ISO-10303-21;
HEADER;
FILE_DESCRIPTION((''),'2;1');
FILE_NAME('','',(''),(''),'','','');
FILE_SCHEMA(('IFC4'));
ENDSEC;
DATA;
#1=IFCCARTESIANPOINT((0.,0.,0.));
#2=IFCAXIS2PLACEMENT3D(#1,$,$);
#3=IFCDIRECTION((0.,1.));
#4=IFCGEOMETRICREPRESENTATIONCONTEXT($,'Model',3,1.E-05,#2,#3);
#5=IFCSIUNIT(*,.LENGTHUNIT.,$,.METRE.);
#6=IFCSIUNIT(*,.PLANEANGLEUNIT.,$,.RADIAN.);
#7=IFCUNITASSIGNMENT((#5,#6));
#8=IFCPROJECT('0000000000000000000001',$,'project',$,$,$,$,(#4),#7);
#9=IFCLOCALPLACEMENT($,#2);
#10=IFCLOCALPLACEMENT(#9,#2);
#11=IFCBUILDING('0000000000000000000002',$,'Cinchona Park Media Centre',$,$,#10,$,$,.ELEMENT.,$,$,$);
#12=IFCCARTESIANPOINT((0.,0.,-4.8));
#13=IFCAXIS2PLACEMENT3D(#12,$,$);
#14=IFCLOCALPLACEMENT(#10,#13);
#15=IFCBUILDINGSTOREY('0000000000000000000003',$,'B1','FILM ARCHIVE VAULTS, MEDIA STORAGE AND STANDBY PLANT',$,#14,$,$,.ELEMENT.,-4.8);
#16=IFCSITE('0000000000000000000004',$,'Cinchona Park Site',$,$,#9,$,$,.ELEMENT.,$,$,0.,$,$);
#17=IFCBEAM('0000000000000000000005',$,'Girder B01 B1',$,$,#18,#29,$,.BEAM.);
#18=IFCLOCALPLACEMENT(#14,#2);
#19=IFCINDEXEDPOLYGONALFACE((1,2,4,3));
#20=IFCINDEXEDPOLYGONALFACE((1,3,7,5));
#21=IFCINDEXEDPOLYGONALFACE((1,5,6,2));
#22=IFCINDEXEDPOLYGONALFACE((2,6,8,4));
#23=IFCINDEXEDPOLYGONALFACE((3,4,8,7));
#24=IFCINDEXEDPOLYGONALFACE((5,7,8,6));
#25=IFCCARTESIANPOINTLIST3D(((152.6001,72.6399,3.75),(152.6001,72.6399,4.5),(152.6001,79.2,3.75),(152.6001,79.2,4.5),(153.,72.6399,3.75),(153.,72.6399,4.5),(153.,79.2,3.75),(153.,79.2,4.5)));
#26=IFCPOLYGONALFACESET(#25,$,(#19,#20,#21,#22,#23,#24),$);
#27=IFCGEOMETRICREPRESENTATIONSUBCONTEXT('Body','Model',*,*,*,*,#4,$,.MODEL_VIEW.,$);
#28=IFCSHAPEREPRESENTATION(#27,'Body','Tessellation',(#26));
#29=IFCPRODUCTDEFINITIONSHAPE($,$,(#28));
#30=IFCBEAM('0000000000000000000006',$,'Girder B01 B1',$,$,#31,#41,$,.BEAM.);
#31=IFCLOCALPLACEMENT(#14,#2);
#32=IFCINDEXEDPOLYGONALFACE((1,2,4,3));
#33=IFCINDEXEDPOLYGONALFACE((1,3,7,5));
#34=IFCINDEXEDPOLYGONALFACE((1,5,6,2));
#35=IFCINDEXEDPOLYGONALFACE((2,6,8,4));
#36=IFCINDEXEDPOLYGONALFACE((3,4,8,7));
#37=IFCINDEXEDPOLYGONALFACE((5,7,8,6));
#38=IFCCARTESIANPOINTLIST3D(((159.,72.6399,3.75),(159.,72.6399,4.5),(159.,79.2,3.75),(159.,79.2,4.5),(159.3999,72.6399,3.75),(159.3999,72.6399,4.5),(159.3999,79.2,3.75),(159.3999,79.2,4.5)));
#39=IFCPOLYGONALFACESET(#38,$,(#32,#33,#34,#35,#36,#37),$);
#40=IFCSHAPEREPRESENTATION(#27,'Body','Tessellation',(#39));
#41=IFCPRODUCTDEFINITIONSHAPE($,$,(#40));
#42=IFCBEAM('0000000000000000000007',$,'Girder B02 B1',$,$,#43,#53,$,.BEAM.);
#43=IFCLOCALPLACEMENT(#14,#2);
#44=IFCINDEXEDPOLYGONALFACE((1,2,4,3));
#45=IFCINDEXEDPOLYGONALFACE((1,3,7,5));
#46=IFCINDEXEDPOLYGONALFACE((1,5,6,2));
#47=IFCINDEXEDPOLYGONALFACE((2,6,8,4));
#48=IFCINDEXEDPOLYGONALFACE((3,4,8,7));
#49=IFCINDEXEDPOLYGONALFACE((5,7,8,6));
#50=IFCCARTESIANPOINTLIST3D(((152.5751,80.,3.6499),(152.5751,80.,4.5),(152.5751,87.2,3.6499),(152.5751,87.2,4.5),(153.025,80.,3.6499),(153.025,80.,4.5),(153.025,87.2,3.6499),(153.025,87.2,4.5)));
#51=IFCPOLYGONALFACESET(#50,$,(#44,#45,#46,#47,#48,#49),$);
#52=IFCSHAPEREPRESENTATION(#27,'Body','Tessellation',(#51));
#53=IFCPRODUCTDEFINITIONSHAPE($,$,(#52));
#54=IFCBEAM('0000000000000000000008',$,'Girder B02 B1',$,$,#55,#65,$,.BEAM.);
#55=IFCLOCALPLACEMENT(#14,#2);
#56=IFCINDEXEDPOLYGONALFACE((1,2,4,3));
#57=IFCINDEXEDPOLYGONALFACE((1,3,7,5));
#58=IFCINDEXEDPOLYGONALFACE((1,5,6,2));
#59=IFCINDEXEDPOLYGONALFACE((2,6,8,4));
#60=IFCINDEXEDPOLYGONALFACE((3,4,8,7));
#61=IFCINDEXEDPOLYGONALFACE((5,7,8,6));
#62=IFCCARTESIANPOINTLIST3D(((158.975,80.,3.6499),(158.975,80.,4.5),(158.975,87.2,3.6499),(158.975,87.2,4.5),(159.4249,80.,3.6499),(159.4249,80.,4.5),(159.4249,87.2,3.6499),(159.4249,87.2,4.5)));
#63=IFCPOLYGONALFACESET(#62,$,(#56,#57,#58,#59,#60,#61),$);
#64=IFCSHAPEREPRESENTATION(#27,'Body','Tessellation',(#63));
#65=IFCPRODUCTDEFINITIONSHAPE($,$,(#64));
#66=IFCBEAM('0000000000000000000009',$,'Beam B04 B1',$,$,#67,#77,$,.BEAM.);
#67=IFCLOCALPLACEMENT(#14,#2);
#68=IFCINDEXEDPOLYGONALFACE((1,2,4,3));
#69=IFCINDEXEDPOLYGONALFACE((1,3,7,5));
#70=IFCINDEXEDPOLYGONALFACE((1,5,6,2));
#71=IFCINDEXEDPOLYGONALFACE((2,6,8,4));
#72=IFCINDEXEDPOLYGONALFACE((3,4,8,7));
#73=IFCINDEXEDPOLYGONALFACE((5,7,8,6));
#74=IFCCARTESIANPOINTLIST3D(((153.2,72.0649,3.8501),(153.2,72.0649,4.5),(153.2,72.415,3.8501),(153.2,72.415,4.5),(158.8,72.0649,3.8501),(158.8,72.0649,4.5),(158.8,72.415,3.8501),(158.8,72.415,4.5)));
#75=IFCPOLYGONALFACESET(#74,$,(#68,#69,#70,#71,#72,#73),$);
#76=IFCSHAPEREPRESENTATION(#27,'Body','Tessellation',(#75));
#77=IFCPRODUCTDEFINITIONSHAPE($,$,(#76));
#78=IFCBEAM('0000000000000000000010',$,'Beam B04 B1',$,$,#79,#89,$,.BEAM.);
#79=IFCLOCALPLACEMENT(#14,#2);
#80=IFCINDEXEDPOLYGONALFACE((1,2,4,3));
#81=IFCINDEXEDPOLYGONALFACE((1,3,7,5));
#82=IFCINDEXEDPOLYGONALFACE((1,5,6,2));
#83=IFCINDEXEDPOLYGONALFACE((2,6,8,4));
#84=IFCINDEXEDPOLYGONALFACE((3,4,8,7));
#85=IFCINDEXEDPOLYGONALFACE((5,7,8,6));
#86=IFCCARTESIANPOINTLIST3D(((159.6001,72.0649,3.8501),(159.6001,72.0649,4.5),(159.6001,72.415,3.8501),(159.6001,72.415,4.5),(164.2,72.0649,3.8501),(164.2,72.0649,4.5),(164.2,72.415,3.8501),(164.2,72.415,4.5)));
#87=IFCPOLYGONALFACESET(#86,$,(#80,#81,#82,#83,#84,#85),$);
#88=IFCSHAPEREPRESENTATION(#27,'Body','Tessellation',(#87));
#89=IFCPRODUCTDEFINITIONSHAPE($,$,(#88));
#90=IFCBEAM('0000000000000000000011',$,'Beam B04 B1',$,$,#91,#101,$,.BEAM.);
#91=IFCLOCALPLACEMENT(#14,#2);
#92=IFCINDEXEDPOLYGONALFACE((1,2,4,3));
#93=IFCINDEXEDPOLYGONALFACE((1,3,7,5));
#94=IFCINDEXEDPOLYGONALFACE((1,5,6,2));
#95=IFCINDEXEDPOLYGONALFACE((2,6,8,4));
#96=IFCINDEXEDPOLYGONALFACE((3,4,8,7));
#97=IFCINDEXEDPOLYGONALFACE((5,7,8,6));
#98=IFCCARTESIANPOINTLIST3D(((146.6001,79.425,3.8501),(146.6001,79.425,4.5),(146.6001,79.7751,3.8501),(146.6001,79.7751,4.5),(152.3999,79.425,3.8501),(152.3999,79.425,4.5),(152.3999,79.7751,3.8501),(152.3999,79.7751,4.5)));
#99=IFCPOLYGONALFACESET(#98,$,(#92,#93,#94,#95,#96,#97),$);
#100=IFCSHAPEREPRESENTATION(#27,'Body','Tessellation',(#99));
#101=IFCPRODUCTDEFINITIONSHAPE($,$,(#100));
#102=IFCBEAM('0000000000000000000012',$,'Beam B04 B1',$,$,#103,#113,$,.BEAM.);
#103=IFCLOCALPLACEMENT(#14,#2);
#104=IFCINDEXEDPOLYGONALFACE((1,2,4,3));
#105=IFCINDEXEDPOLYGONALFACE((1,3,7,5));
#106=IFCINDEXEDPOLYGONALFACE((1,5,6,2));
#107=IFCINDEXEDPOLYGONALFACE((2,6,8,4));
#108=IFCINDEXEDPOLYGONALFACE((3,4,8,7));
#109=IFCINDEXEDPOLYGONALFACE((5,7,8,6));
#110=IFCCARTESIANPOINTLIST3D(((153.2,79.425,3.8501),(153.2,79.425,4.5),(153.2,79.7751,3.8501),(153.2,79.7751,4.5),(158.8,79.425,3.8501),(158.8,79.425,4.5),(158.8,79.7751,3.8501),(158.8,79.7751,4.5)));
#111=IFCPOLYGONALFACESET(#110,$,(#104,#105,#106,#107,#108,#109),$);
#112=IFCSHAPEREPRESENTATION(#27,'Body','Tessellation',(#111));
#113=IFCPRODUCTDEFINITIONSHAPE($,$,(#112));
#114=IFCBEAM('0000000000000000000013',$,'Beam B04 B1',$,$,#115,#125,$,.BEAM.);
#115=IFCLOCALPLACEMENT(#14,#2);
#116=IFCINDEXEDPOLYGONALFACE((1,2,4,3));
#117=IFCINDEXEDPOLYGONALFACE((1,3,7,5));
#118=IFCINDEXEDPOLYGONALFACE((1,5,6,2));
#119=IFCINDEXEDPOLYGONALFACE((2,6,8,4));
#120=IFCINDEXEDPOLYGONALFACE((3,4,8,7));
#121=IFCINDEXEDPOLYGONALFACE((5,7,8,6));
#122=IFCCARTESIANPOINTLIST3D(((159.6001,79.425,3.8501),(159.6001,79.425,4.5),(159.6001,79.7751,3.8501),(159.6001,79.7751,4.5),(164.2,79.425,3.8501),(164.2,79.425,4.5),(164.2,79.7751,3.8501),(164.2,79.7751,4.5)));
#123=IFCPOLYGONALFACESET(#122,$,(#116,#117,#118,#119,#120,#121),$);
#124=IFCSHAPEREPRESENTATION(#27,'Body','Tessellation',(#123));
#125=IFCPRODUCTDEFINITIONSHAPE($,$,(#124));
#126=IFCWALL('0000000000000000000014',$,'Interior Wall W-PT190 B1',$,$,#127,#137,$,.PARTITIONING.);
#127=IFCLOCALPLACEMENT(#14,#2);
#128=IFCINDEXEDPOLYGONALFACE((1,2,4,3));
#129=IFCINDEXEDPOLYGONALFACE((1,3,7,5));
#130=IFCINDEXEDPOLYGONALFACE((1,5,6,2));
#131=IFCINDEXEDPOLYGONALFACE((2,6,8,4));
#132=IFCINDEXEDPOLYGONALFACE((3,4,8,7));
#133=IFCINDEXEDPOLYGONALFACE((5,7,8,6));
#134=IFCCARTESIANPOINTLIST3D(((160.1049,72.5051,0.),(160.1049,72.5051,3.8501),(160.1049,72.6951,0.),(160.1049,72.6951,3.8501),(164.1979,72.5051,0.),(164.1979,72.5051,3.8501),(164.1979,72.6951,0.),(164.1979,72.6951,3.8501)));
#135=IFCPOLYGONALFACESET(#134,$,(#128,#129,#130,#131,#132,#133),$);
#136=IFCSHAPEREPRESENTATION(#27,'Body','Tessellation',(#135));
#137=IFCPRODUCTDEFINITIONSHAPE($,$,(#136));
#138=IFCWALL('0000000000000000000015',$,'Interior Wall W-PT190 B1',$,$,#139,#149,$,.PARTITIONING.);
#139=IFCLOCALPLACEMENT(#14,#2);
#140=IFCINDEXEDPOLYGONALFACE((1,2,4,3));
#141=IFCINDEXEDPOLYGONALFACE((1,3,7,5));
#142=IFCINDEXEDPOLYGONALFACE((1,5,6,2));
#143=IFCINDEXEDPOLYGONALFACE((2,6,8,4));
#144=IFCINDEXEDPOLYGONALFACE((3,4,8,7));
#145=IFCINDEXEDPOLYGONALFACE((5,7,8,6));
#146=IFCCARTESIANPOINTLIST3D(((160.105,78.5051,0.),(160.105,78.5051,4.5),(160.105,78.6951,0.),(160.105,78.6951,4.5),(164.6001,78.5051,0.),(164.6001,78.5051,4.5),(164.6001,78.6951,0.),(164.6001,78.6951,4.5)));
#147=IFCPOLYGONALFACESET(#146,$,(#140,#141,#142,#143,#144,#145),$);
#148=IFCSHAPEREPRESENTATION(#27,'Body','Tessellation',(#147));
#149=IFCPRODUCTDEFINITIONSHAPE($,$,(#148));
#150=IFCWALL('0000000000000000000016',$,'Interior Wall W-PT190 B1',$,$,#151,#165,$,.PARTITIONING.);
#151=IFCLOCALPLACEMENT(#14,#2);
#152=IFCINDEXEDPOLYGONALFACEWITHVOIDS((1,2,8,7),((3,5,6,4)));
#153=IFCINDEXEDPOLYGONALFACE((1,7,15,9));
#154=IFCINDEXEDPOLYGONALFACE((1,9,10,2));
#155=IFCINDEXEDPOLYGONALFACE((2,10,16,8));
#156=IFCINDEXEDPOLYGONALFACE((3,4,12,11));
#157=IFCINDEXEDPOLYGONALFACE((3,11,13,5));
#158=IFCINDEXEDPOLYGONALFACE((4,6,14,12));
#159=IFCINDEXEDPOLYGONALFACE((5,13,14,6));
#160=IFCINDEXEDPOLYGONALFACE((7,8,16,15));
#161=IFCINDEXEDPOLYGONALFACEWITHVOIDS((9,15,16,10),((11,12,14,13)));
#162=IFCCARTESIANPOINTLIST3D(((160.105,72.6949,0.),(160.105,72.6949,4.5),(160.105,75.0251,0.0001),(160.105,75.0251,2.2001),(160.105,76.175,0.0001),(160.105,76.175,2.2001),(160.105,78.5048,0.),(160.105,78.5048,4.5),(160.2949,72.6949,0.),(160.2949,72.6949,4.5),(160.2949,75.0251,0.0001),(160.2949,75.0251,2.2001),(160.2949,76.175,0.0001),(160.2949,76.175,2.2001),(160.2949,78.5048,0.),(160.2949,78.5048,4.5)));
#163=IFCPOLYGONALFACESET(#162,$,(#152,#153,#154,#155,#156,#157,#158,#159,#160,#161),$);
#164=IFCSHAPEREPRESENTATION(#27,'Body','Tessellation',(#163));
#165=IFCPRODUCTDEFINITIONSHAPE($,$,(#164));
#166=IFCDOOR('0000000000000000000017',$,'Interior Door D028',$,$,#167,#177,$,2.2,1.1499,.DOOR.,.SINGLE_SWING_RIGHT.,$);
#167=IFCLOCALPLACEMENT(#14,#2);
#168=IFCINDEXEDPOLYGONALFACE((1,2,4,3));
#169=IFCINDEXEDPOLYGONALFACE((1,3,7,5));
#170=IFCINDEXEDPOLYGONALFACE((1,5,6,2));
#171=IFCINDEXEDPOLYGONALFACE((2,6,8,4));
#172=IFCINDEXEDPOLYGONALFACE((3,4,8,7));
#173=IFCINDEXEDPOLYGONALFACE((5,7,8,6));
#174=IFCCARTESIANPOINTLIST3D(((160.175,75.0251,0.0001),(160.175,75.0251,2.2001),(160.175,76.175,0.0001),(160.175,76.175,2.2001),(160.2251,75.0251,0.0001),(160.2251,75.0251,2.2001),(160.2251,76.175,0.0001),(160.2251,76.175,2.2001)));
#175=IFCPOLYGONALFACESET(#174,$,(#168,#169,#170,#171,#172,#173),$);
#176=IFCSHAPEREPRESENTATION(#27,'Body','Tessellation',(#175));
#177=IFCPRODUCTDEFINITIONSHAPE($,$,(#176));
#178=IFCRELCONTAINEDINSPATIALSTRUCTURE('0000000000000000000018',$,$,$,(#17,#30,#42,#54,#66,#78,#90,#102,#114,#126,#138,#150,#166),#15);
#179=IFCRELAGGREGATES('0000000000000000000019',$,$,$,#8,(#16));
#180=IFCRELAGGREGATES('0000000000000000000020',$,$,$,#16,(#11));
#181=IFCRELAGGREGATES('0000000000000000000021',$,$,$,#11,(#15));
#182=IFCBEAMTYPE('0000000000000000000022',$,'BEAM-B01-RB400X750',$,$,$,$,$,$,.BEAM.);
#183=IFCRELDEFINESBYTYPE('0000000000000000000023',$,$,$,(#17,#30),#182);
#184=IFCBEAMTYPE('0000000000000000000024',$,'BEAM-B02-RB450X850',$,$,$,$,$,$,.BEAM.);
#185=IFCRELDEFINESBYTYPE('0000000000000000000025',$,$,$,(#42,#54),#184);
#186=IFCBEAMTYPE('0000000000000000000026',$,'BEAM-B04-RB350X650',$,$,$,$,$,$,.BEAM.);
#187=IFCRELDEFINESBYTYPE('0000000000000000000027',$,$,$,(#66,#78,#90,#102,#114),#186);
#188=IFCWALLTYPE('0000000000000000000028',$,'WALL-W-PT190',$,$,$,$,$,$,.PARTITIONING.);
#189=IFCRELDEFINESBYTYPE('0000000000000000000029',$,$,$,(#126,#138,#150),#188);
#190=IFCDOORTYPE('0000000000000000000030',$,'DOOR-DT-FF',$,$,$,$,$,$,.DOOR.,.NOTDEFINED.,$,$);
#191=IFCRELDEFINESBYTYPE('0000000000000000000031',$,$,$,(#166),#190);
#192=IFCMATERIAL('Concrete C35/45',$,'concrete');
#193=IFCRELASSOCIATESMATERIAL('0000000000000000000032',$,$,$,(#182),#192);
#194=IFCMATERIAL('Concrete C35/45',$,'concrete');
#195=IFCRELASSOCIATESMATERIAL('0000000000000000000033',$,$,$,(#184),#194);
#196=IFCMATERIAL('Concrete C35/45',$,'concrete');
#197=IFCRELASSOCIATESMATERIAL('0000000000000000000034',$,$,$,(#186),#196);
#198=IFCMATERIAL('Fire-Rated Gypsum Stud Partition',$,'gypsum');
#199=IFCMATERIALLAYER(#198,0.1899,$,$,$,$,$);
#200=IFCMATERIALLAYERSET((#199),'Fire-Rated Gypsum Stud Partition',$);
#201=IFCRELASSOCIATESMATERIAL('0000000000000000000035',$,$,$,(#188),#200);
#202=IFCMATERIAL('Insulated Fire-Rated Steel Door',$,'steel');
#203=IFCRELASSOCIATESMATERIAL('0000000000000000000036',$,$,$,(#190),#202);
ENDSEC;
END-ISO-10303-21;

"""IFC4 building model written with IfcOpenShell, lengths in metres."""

from ifc_helpers import new_model, si_unit, direction, frame, frame_2d, origin, origin_2d, place, context, subcontext, project, spatial, rectangle, extrude, material, layer, layer_set, material_profile, profile_set, type_object, element, fill, save


model = new_model("IFC4")

# Units and contexts
model_context = context("Model", 3, precision=1e-05, world=origin(), true_north=direction((0.0, 1.0)))
body_context = subcontext(model_context, "Body", "Model", "MODEL_VIEW")
ifc_project = project(units=[si_unit("LENGTHUNIT", "METRE"), si_unit("PLANEANGLEUNIT", "RADIAN")], contexts=[model_context])

# Site, building, storey
site_placement = place(None, origin())
site = spatial("IfcSite", under=ifc_project, at=site_placement, Name="Cinchona Park Site", CompositionType="ELEMENT", RefElevation=0.0)
building_placement = place(site_placement, origin())
building = spatial("IfcBuilding", under=site, at=building_placement, Name="Cinchona Park Media Centre", CompositionType="ELEMENT")
storey_placement = place(building_placement, frame((0.0, 0.0, -4.8)))
storey = spatial("IfcBuildingStorey", under=building, at=storey_placement, Name="B1", Description="FILM ARCHIVE VAULTS, MEDIA STORAGE AND STANDBY PLANT", CompositionType="ELEMENT", Elevation=-4.8)

# Beams
ifc_material_1 = material(Name="Concrete C35/45", Category="concrete")
ifc_material_profile_1 = material_profile(ifc_material_1, rectangle(XDim=0.3999, YDim=0.75, at=origin_2d()), Name="RB 400X750")
ifc_profile_set_1 = profile_set([ifc_material_profile_1], Name="Concrete C35/45")
beam_type_1 = type_object("IfcBeamType", Name="BEAM-B01-RB400X750", PredefinedType="BEAM", material=ifc_profile_set_1)
for number, where, z_axis, x_axis, name in (
    (1, (152.8, 72.6399, 4.125), (0.0, 1.0, 0.0), (-1.0, 0.0, 0.0), "Girder B01 B1"),
    (2, (159.2, 72.6399, 4.125), (0.0, 1.0, 0.0), (-1.0, 0.0, 0.0), "Girder B01 B1"),
):
    element("IfcBeam", number, at=place(storey_placement, frame(where, z_axis=z_axis, x_axis=x_axis)), inside=storey, type_object=beam_type_1, Name=name, PredefinedType="BEAM", context=body_context, shape_type="SweptSolid", body=[
        extrude(rectangle(XDim=0.3999, YDim=0.75, at=origin_2d()), origin(), (0.0, 0.0, 1.0), 6.5601),
    ])
ifc_material_2 = material(Name="Concrete C35/45", Category="concrete")
ifc_material_profile_2 = material_profile(ifc_material_2, rectangle(XDim=0.45, YDim=0.8501, at=origin_2d()), Name="RB 450X850")
ifc_profile_set_2 = profile_set([ifc_material_profile_2], Name="Concrete C35/45")
beam_type_2 = type_object("IfcBeamType", Name="BEAM-B02-RB450X850", PredefinedType="BEAM", material=ifc_profile_set_2)
for number, where, z_axis, x_axis, name in (
    (3, (152.8, 80.0, 4.075), (0.0, 1.0, 0.0), (-1.0, 0.0, 0.0), "Girder B02 B1"),
    (4, (159.2, 80.0, 4.075), (0.0, 1.0, 0.0), (-1.0, 0.0, 0.0), "Girder B02 B1"),
):
    element("IfcBeam", number, at=place(storey_placement, frame(where, z_axis=z_axis, x_axis=x_axis)), inside=storey, type_object=beam_type_2, Name=name, PredefinedType="BEAM", context=body_context, shape_type="SweptSolid", body=[
        extrude(rectangle(XDim=0.45, YDim=0.8501, at=origin_2d()), origin(), (0.0, 0.0, 1.0), 7.2),
    ])
ifc_material_3 = material(Name="Concrete C35/45", Category="concrete")
ifc_material_profile_3 = material_profile(ifc_material_3, rectangle(XDim=0.3501, YDim=0.6499, at=origin_2d()), Name="RB 350X650")
ifc_profile_set_3 = profile_set([ifc_material_profile_3], Name="Concrete C35/45")
beam_type_3 = type_object("IfcBeamType", Name="BEAM-B04-RB350X650", PredefinedType="BEAM", material=ifc_profile_set_3)
beam_1_placement = place(storey_placement, frame((153.2, 72.24, 4.175), z_axis=(1.0, 0.0, 0.0), x_axis=(0.0, 1.0, 0.0)))
element("IfcBeam", 5, at=beam_1_placement, inside=storey, type_object=beam_type_3, Name="Beam B04 B1", PredefinedType="BEAM", context=body_context, shape_type="SweptSolid", body=[
    extrude(rectangle(XDim=0.3501, YDim=0.6499, at=origin_2d()), origin(), (0.0, 0.0, 1.0), 5.6001),
])
beam_2_placement = place(storey_placement, frame((159.6001, 72.24, 4.175), z_axis=(1.0, 0.0, 0.0), x_axis=(0.0, 1.0, 0.0)))
element("IfcBeam", 6, at=beam_2_placement, inside=storey, type_object=beam_type_3, Name="Beam B04 B1", PredefinedType="BEAM", context=body_context, shape_type="SweptSolid", body=[
    extrude(rectangle(XDim=0.3501, YDim=0.6499, at=origin_2d()), origin(), (0.0, 0.0, 1.0), 4.5999),
])
beam_3_placement = place(storey_placement, frame((146.6001, 79.6001, 4.175), z_axis=(1.0, 0.0, 0.0), x_axis=(0.0, 1.0, 0.0)))
element("IfcBeam", 7, at=beam_3_placement, inside=storey, type_object=beam_type_3, Name="Beam B04 B1", PredefinedType="BEAM", context=body_context, shape_type="SweptSolid", body=[
    extrude(rectangle(XDim=0.3501, YDim=0.6499, at=origin_2d()), origin(), (0.0, 0.0, 1.0), 5.7998),
])
beam_4_placement = place(storey_placement, frame((153.2, 79.6001, 4.175), z_axis=(1.0, 0.0, 0.0), x_axis=(0.0, 1.0, 0.0)))
element("IfcBeam", 8, at=beam_4_placement, inside=storey, type_object=beam_type_3, Name="Beam B04 B1", PredefinedType="BEAM", context=body_context, shape_type="SweptSolid", body=[
    extrude(rectangle(XDim=0.3501, YDim=0.6499, at=origin_2d()), origin(), (0.0, 0.0, 1.0), 5.6001),
])
beam_5_placement = place(storey_placement, frame((159.6001, 79.6001, 4.175), z_axis=(1.0, 0.0, 0.0), x_axis=(0.0, 1.0, 0.0)))
element("IfcBeam", 9, at=beam_5_placement, inside=storey, type_object=beam_type_3, Name="Beam B04 B1", PredefinedType="BEAM", context=body_context, shape_type="SweptSolid", body=[
    extrude(rectangle(XDim=0.3501, YDim=0.6499, at=origin_2d()), origin(), (0.0, 0.0, 1.0), 4.5999),
])

# Walls
ifc_material_4 = material(Name="Fire-Rated Gypsum Stud Partition", Category="gypsum")
ifc_layer_1 = layer(ifc_material_4, 0.1899)
ifc_layer_set_1 = layer_set([ifc_layer_1], Name="Fire-Rated Gypsum Stud Partition")
wall_type = type_object("IfcWallType", Name="WALL-W-PT190", PredefinedType="PARTITIONING", material=ifc_layer_set_1)
wall_1_placement = place(storey_placement, frame((160.105, 72.6001, 0.0), z_axis=(0.0, 0.0, 1.0), x_axis=(1.0, 0.0, 0.0)))
element("IfcWall", 10, at=wall_1_placement, inside=storey, type_object=wall_type, Name="Interior Wall W-PT190 B1", PredefinedType="PARTITIONING", context=body_context, shape_type="SweptSolid", body=[
    extrude(rectangle(XDim=4.093, YDim=0.1899, at=frame_2d((2.0464, 0.0))), origin(), (0.0, 0.0, 1.0), 3.8501),
])
wall_2_placement = place(storey_placement, frame((160.105, 78.6001, 0.0), z_axis=(0.0, 0.0, 1.0), x_axis=(1.0, 0.0, 0.0)))
element("IfcWall", 11, at=wall_2_placement, inside=storey, type_object=wall_type, Name="Interior Wall W-PT190 B1", PredefinedType="PARTITIONING", context=body_context, shape_type="SweptSolid", body=[
    extrude(rectangle(XDim=4.4951, YDim=0.1899, at=frame_2d((2.2476, 0.0))), origin(), (0.0, 0.0, 1.0), 4.5),
])

# Wall, opening, door
wall_3_placement = place(storey_placement, frame((160.2, 72.6951, 0.0), z_axis=(0.0, 0.0, 1.0), x_axis=(0.0, 1.0, 0.0)))
wall_3 = element("IfcWall", 12, at=wall_3_placement, inside=storey, type_object=wall_type, Name="Interior Wall W-PT190 B1", PredefinedType="PARTITIONING", context=body_context, shape_type="SweptSolid", body=[
    extrude(rectangle(XDim=5.8098, YDim=0.1899, at=frame_2d((2.9048, 0.0))), origin(), (0.0, 0.0, 1.0), 4.5),
])
opening_placement = place(wall_3_placement, frame((2.3301, 0.0, 0.0)))
opening = element("IfcOpeningElement", 13, at=opening_placement, cuts=wall_3, PredefinedType="OPENING", context=body_context, shape_type="SweptSolid", body=[
    extrude(rectangle(XDim=1.1499, YDim=2.2, at=frame_2d((0.575, 1.1001))), frame((0.0, 0.105, 0.0), z_axis=(0.0, -1.0, 0.0), x_axis=(1.0, 0.0, 0.0)), (0.0, 0.0, 1.0), 0.21),
])
ifc_material_5 = material(Name="Insulated Fire-Rated Steel Door", Category="steel")
door_type = type_object("IfcDoorType", Name="DOOR-DT-FF", OperationType="NOTDEFINED", PredefinedType="DOOR", material=ifc_material_5)
door_placement = place(opening_placement, origin())
door = element("IfcDoor", 14, at=door_placement, inside=storey, type_object=door_type, Name="Interior Door D028", OperationType="SINGLE_SWING_RIGHT", OverallHeight=2.2, OverallWidth=1.1499, PredefinedType="DOOR", context=body_context, shape_type="SweptSolid", body=[
    extrude(rectangle(XDim=1.1499, YDim=2.2, at=frame_2d((0.575, 1.1001))), frame((0.0, 0.0249, 0.0), z_axis=(0.0, -1.0, 0.0), x_axis=(1.0, 0.0, 0.0)), (0.0, 0.0, 1.0), 0.05),
])
fill(opening, door)

save(model, "model.ifc")
